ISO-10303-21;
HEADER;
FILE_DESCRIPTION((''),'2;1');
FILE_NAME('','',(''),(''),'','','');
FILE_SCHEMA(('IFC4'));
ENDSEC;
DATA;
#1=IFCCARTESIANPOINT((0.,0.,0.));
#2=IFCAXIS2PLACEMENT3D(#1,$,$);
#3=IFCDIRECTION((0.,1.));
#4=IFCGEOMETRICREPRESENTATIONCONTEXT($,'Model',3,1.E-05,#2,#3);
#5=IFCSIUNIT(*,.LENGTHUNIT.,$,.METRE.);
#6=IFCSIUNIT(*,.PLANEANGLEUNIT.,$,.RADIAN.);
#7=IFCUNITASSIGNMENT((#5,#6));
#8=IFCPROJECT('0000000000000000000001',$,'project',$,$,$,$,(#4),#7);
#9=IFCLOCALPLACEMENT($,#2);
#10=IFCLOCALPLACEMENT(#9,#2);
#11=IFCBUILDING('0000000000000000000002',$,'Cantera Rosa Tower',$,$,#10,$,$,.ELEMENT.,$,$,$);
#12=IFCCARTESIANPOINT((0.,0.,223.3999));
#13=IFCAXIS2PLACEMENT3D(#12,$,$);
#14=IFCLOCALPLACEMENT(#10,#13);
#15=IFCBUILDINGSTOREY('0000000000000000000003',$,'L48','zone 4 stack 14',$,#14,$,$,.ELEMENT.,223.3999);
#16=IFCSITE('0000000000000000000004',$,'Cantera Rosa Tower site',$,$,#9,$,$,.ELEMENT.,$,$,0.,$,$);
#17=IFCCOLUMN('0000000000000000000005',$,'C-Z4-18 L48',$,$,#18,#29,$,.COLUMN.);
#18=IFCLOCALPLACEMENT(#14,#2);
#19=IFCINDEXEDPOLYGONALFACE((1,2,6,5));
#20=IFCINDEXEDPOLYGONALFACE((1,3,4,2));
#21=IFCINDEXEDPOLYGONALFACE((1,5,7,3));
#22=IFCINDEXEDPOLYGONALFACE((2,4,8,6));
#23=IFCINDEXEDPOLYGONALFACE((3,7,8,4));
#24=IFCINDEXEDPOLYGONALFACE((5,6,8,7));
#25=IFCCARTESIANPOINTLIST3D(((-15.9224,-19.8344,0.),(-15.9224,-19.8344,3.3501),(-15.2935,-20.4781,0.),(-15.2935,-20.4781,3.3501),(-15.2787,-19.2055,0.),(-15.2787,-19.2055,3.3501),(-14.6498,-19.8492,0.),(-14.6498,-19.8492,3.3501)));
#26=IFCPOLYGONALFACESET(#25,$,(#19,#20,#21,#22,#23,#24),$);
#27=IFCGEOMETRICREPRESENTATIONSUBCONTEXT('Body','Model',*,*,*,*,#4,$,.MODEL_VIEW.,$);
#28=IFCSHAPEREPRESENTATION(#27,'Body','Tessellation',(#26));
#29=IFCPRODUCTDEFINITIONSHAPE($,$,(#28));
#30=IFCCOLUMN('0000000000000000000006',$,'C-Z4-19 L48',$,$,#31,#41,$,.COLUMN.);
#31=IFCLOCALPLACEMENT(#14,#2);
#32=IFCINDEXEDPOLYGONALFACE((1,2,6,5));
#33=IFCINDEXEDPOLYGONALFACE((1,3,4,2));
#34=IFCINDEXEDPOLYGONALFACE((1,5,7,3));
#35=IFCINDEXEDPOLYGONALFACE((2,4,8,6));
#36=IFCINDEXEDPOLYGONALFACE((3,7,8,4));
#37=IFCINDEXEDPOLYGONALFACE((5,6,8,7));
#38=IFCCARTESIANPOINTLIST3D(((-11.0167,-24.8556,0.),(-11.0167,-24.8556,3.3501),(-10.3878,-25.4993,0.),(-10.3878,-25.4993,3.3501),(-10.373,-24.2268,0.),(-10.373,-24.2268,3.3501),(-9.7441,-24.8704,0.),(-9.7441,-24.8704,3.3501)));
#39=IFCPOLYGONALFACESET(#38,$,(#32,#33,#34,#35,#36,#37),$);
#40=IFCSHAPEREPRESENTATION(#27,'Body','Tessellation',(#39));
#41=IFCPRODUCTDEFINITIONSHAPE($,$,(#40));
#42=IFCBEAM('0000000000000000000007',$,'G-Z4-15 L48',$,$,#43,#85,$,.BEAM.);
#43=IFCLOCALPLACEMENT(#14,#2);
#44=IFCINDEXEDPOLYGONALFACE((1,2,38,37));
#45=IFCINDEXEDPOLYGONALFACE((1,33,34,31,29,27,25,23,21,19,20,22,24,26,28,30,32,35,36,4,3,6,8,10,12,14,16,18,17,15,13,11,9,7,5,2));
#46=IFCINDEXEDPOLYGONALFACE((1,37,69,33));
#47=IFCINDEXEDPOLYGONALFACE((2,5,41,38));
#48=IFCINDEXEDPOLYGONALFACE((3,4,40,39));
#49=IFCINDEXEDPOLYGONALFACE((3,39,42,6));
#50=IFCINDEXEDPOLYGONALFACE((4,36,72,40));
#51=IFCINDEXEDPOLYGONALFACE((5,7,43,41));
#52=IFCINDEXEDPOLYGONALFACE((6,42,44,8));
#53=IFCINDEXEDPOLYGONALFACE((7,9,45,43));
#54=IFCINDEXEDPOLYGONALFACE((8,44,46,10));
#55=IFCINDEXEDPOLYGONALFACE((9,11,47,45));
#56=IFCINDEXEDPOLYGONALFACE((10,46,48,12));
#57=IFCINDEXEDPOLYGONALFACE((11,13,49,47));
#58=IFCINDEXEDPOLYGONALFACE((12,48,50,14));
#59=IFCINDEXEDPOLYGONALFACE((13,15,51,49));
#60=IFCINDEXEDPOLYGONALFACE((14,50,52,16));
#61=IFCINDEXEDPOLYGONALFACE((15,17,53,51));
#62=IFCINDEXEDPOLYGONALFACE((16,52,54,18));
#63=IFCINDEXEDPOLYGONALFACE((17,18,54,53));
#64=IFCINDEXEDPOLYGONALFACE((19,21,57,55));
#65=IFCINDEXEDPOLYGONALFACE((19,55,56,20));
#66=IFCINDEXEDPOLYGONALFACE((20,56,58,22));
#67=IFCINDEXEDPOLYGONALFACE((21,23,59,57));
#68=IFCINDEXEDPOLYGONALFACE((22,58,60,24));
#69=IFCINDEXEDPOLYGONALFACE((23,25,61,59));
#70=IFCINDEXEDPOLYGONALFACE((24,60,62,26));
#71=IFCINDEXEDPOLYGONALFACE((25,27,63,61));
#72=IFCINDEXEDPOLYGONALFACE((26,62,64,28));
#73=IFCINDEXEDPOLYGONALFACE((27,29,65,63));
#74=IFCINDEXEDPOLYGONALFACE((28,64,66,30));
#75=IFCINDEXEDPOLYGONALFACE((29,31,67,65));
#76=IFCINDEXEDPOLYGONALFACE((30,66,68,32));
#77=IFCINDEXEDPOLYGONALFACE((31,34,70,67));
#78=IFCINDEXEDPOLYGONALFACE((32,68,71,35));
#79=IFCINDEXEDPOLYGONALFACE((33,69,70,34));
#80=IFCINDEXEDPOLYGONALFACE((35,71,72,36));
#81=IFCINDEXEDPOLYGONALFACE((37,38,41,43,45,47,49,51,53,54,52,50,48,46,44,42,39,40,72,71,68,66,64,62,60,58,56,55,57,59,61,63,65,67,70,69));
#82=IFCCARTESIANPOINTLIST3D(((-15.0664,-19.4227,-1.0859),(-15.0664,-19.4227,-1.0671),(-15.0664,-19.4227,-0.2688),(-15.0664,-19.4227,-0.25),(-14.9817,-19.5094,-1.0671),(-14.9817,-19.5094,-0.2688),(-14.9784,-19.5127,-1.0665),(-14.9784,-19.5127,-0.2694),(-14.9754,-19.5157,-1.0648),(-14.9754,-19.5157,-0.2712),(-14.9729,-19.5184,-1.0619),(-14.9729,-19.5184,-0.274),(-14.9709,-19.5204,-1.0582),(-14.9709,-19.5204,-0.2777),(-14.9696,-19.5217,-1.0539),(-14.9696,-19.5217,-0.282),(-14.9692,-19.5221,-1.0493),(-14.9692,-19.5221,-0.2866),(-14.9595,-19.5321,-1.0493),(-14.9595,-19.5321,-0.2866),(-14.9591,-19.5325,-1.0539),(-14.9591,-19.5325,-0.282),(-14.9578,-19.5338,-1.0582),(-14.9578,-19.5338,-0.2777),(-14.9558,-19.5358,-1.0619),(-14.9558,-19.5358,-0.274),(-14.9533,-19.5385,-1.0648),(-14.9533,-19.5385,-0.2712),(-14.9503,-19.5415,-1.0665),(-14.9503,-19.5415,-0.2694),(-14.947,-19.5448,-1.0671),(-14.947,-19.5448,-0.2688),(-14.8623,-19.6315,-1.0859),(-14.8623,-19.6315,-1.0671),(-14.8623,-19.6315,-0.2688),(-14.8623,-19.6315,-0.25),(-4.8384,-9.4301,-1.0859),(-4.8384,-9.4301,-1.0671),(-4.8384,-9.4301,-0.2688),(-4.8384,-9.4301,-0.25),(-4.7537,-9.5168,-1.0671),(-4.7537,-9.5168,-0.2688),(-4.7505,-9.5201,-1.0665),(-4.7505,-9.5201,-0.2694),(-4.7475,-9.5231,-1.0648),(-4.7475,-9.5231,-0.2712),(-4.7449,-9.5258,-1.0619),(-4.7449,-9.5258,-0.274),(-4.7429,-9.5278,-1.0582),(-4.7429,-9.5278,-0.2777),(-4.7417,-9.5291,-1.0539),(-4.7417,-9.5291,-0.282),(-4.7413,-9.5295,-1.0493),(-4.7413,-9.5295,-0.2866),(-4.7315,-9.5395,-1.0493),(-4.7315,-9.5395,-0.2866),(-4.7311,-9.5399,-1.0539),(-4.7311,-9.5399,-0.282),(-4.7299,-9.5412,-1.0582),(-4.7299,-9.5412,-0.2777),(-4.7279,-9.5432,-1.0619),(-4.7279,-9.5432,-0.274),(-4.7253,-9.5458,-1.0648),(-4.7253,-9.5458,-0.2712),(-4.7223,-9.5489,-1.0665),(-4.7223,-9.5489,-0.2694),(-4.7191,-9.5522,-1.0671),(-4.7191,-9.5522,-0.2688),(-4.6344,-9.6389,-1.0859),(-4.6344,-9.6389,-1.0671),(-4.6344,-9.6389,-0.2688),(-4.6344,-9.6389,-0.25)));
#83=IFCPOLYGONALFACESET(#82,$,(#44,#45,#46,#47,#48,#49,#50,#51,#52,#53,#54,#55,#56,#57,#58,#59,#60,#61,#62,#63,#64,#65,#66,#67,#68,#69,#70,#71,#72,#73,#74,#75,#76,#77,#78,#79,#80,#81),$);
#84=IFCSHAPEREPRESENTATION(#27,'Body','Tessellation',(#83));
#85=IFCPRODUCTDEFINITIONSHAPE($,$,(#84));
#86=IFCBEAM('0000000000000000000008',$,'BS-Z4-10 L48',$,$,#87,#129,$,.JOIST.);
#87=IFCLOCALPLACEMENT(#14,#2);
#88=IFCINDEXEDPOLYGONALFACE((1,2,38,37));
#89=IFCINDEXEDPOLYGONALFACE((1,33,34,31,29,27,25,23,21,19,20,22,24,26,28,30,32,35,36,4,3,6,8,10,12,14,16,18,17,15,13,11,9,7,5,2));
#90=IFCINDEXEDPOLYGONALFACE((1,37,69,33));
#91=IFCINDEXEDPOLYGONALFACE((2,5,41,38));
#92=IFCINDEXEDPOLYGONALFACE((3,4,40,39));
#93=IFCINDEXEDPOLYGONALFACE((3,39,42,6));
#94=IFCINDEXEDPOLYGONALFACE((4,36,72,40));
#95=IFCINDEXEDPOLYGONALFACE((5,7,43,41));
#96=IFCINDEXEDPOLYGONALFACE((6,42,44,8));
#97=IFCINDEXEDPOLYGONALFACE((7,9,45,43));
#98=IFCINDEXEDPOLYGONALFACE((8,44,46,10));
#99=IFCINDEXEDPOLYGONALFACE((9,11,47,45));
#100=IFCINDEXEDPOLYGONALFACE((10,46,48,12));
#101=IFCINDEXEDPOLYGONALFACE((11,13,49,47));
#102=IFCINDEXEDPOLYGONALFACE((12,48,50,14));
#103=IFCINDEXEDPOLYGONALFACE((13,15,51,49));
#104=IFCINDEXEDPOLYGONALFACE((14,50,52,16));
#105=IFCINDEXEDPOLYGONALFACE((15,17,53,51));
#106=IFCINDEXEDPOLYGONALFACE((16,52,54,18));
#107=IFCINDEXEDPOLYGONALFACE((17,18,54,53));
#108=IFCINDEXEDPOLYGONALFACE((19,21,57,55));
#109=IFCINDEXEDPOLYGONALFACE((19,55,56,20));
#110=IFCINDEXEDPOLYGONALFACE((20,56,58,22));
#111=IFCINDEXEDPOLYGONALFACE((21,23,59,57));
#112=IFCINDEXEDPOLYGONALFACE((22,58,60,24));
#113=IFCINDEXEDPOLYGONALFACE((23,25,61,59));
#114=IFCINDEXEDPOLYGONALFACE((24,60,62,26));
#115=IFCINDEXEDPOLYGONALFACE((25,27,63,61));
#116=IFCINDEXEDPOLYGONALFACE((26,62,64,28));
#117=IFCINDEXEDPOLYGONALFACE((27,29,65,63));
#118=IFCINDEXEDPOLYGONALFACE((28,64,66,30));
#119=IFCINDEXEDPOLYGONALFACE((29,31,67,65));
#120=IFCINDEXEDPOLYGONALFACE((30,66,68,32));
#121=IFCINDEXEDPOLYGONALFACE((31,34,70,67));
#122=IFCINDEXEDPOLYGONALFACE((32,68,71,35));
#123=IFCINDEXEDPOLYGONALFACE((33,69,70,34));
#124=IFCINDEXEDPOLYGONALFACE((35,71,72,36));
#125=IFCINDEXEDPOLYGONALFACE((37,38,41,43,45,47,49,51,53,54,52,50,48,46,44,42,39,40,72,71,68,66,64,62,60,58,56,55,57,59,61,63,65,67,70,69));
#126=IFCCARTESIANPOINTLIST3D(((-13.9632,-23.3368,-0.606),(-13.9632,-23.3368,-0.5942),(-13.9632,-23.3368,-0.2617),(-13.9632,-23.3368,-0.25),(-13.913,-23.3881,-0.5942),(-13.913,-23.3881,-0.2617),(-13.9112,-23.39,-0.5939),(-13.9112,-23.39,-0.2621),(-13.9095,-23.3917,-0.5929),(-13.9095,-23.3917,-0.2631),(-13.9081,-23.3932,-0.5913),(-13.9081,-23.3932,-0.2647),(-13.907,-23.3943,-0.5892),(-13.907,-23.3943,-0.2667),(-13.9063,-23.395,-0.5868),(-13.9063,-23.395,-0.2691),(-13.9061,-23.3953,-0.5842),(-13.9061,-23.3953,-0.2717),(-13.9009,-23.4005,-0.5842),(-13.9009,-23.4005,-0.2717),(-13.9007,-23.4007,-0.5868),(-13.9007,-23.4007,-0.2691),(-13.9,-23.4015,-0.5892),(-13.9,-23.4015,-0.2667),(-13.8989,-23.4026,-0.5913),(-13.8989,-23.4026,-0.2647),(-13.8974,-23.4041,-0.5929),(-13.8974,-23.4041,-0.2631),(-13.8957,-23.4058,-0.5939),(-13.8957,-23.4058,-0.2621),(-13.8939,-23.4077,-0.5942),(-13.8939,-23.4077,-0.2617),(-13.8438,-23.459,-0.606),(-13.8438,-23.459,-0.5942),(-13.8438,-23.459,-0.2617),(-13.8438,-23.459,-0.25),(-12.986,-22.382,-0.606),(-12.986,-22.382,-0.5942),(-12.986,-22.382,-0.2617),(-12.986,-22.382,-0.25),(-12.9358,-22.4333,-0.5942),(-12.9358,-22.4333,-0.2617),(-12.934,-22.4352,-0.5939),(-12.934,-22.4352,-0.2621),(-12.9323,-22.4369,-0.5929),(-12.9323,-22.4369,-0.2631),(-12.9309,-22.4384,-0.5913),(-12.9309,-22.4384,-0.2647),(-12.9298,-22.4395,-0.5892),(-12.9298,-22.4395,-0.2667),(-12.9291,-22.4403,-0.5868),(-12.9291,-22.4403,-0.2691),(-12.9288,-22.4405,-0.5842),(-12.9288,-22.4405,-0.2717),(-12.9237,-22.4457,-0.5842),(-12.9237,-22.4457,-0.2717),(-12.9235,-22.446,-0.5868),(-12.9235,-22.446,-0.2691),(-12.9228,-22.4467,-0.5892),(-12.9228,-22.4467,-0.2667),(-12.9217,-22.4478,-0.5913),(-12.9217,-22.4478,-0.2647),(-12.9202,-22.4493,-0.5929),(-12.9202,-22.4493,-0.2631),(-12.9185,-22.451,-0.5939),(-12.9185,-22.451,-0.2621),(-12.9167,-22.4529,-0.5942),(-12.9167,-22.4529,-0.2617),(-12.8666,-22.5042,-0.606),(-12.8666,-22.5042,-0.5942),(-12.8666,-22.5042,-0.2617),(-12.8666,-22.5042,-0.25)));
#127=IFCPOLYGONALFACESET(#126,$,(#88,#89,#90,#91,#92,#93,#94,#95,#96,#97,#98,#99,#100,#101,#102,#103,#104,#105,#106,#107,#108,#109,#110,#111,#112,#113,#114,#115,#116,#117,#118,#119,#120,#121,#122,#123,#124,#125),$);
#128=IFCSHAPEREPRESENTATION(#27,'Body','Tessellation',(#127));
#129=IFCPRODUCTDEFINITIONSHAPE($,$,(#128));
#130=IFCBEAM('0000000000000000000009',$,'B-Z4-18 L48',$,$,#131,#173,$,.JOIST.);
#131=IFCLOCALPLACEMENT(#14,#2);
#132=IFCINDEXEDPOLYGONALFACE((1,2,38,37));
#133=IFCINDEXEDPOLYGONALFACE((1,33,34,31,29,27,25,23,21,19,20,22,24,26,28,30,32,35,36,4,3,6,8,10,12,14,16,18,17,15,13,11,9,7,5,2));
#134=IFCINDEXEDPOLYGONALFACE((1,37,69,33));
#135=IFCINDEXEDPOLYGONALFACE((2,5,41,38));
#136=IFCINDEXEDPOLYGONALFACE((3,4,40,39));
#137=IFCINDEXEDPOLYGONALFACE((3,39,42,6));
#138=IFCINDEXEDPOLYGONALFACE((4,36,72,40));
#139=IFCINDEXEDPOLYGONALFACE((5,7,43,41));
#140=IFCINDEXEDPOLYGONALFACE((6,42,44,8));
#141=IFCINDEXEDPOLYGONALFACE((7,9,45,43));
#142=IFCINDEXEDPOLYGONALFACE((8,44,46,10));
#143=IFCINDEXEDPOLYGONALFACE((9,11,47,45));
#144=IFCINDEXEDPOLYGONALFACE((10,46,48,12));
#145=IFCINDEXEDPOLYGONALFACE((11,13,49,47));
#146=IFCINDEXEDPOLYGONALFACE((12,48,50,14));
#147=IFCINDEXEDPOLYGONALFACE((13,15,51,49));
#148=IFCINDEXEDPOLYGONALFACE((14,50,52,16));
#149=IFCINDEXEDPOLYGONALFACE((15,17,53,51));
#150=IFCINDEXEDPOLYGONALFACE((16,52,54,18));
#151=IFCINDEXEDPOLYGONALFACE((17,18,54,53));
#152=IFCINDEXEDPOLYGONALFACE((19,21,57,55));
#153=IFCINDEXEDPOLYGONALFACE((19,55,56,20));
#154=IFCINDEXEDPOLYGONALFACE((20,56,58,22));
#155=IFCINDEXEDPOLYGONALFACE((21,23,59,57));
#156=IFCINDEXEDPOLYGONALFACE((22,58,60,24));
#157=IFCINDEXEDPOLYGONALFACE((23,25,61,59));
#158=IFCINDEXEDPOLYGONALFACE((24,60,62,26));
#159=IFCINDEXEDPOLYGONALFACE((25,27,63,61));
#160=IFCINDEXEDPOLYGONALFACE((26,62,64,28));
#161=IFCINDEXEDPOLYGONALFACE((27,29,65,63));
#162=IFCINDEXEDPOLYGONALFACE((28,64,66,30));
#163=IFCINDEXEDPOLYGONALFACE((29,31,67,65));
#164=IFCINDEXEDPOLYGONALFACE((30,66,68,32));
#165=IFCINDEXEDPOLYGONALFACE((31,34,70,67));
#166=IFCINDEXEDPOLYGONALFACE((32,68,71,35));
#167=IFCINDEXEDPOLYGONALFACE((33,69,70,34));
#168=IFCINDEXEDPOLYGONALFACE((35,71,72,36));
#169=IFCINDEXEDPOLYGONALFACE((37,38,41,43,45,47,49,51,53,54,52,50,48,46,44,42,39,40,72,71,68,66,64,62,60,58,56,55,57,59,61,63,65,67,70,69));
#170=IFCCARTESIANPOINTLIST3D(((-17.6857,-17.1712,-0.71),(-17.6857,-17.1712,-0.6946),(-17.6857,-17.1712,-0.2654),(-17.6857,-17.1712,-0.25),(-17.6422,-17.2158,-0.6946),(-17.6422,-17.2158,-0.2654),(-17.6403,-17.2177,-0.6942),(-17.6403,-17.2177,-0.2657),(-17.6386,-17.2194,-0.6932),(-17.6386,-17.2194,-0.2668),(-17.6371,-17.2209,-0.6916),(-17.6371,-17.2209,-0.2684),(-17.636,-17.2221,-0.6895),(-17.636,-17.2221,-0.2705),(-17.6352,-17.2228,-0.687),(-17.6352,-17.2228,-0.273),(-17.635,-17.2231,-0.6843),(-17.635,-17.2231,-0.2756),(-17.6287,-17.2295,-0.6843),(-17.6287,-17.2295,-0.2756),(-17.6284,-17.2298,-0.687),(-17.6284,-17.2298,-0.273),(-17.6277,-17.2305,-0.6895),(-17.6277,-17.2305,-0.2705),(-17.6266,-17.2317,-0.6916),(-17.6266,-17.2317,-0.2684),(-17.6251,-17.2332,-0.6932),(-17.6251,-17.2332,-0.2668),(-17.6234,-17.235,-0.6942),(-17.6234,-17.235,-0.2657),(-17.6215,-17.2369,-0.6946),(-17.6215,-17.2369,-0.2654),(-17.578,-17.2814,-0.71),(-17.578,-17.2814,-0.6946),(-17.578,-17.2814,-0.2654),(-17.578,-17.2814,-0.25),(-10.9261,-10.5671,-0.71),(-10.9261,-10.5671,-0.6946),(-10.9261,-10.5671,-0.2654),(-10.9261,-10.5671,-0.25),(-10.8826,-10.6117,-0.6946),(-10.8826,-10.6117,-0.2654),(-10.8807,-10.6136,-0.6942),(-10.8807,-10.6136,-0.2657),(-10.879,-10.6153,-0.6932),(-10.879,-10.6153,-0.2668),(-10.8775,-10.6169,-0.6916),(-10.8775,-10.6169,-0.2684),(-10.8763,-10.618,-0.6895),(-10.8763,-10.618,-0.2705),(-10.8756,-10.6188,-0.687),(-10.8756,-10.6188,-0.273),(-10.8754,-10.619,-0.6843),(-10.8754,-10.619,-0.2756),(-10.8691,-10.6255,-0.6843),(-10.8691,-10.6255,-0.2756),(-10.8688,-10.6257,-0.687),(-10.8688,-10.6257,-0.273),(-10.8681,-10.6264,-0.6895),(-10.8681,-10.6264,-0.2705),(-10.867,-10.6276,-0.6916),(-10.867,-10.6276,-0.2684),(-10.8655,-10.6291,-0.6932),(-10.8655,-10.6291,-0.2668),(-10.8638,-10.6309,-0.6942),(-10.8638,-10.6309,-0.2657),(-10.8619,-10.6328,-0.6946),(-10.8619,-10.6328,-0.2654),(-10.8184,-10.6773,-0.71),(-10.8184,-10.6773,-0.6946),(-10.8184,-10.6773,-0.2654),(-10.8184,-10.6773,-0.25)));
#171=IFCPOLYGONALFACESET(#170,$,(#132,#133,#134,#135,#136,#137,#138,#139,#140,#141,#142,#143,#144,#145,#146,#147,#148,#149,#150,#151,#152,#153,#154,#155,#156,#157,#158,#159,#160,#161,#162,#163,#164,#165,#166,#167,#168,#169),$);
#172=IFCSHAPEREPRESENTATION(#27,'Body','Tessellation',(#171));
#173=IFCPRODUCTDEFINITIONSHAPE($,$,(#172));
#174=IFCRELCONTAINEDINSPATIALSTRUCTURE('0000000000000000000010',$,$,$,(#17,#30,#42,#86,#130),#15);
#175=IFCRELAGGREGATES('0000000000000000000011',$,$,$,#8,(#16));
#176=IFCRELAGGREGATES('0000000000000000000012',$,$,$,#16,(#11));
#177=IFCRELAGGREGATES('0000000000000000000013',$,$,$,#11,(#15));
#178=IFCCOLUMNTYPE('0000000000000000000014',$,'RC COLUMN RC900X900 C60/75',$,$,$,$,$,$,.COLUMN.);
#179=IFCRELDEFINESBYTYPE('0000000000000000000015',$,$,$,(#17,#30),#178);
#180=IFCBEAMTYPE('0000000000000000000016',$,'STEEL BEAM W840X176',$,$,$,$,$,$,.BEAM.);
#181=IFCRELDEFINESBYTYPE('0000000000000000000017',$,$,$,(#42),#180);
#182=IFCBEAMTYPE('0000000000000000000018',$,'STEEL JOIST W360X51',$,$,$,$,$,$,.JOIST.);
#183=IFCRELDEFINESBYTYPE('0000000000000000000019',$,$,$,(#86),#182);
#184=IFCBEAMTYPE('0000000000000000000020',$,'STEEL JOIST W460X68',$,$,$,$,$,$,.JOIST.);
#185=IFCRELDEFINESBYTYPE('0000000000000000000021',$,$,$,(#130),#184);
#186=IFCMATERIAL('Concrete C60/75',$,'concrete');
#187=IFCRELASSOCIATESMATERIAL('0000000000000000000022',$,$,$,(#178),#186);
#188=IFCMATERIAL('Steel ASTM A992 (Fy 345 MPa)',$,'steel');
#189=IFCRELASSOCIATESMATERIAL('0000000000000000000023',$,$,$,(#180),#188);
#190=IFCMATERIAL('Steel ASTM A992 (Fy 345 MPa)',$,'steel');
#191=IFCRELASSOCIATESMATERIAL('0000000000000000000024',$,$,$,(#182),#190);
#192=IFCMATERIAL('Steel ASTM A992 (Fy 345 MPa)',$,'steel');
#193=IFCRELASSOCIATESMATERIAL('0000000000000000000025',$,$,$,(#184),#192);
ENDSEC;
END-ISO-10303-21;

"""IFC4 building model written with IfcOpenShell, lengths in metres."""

from ifc_helpers import new_model, si_unit, direction, frame, origin, origin_2d, place, context, subcontext, project, spatial, rectangle, i_section, extrude, material, material_profile, profile_set, type_object, element, save


model = new_model("IFC4")

# Units and contexts
model_context = context("Model", 3, precision=1e-05, world=origin(), true_north=direction((0.0, 1.0)))
body_context = subcontext(model_context, "Body", "Model", "MODEL_VIEW")
ifc_project = project(units=[si_unit("LENGTHUNIT", "METRE"), si_unit("PLANEANGLEUNIT", "RADIAN")], contexts=[model_context])

# Site, building, storey
site_placement = place(None, origin())
site = spatial("IfcSite", under=ifc_project, at=site_placement, Name="Cantera Rosa Tower site", CompositionType="ELEMENT", RefElevation=0.0)
building_placement = place(site_placement, origin())
building = spatial("IfcBuilding", under=site, at=building_placement, Name="Cantera Rosa Tower", CompositionType="ELEMENT")
storey_placement = place(building_placement, frame((0.0, 0.0, 223.3999)))
storey = spatial("IfcBuildingStorey", under=building, at=storey_placement, Name="L48", Description="zone 4 stack 14", CompositionType="ELEMENT", Elevation=223.3999)

# Columns
ifc_material_1 = material(Name="Concrete C60/75", Category="concrete")
ifc_material_profile_1 = material_profile(ifc_material_1, rectangle(XDim=0.8999, YDim=0.8999, at=origin_2d()), Name="RC COLUMN RC900X900 C60/75")
ifc_profile_set_1 = profile_set([ifc_material_profile_1], Name="Concrete C60/75")
column_type = type_object("IfcColumnType", Name="RC COLUMN RC900X900 C60/75", PredefinedType="COLUMN", material=ifc_profile_set_1)
for number, where, z_axis, x_axis, name in (
    (1, (-15.2861, -19.8418, 0.0), (0.0, 0.0, 1.0), (0.715286, 0.698832, 0.0), "C-Z4-18 L48"),
    (2, (-10.3804, -24.863, 0.0), (0.0, 0.0, 1.0), (0.715286, 0.698832, 0.0), "C-Z4-19 L48"),
):
    element("IfcColumn", number, at=place(storey_placement, frame(where, z_axis=z_axis, x_axis=x_axis)), inside=storey, type_object=column_type, Name=name, PredefinedType="COLUMN", context=body_context, shape_type="SweptSolid", body=[
        extrude(rectangle(XDim=0.8999, YDim=0.8999, at=origin_2d()), origin(), (0.0, 0.0, 1.0), 3.3501),
    ])

# Beams
ifc_material_2 = material(Name="Steel ASTM A992 (Fy 345 MPa)", Category="steel")
ifc_material_profile_2 = material_profile(ifc_material_2, i_section(OverallWidth=0.292, OverallDepth=0.8359, WebThickness=0.0139, FlangeThickness=0.0188, FilletRadius=0.0178, at=origin_2d()), Name="W840X176")
ifc_profile_set_2 = profile_set([ifc_material_profile_2], Name="Steel ASTM A992 (Fy 345 MPa)")
beam_type_1 = type_object("IfcBeamType", Name="STEEL BEAM W840X176", PredefinedType="BEAM", material=ifc_profile_set_2)
beam_1_placement = place(storey_placement, frame((-14.9644, -19.5271, -0.668), z_axis=(0.715288, 0.698829, 0.0), x_axis=(-0.698829, 0.715288, 0.0)))
element("IfcBeam", 3, at=beam_1_placement, inside=storey, type_object=beam_type_1, Name="G-Z4-15 L48", PredefinedType="BEAM", context=body_context, shape_type="SweptSolid", body=[
    extrude(i_section(OverallWidth=0.292, OverallDepth=0.8359, WebThickness=0.0139, FlangeThickness=0.0188, FilletRadius=0.0178, at=origin_2d()), origin(), (0.0, 0.0, 1.0), 14.2991),
])
ifc_material_3 = material(Name="Steel ASTM A992 (Fy 345 MPa)", Category="steel")
ifc_material_profile_3 = material_profile(ifc_material_3, i_section(OverallWidth=0.1709, OverallDepth=0.356, WebThickness=0.0073, FlangeThickness=0.0117, FilletRadius=0.01, at=origin_2d()), Name="W360X51")
ifc_profile_set_3 = profile_set([ifc_material_profile_3], Name="Steel ASTM A992 (Fy 345 MPa)")
beam_type_2 = type_object("IfcBeamType", Name="STEEL JOIST W360X51", PredefinedType="JOIST", material=ifc_profile_set_3)
beam_2_placement = place(storey_placement, frame((-12.9263, -22.4431, -0.428), z_axis=(-0.715279, -0.698839, 0.0), x_axis=(0.698839, -0.715279, 0.0)))
element("IfcBeam", 4, at=beam_2_placement, inside=storey, type_object=beam_type_2, Name="BS-Z4-10 L48", PredefinedType="JOIST", context=body_context, shape_type="SweptSolid", body=[
    extrude(i_section(OverallWidth=0.1709, OverallDepth=0.356, WebThickness=0.0073, FlangeThickness=0.0117, FilletRadius=0.01, at=origin_2d()), origin(), (0.0, 0.0, 1.0), 1.3662),
])
ifc_material_4 = material(Name="Steel ASTM A992 (Fy 345 MPa)", Category="steel")
ifc_material_profile_4 = material_profile(ifc_material_4, i_section(OverallWidth=0.1541, OverallDepth=0.46, WebThickness=0.009, FlangeThickness=0.0154, FilletRadius=0.0103, at=origin_2d()), Name="W460X68")
ifc_profile_set_4 = profile_set([ifc_material_profile_4], Name="Steel ASTM A992 (Fy 345 MPa)")
beam_type_3 = type_object("IfcBeamType", Name="STEEL JOIST W460X68", PredefinedType="JOIST", material=ifc_profile_set_4)
for number, where, z_axis, x_axis, name in (
    (5, (-17.6318, -17.2263, -0.48), (0.715287, 0.698831, 0.0), (-0.698831, 0.715287, 0.0), "B-Z4-18 L48"),
):
    element("IfcBeam", number, at=place(storey_placement, frame(where, z_axis=z_axis, x_axis=x_axis)), inside=storey, type_object=beam_type_3, Name=name, PredefinedType="JOIST", context=body_context, shape_type="SweptSolid", body=[
        extrude(i_section(OverallWidth=0.1541, OverallDepth=0.46, WebThickness=0.009, FlangeThickness=0.0154, FilletRadius=0.0103, at=origin_2d()), origin(), (0.0, 0.0, 1.0), 9.4502),
    ])

save(model, "model.ifc")
